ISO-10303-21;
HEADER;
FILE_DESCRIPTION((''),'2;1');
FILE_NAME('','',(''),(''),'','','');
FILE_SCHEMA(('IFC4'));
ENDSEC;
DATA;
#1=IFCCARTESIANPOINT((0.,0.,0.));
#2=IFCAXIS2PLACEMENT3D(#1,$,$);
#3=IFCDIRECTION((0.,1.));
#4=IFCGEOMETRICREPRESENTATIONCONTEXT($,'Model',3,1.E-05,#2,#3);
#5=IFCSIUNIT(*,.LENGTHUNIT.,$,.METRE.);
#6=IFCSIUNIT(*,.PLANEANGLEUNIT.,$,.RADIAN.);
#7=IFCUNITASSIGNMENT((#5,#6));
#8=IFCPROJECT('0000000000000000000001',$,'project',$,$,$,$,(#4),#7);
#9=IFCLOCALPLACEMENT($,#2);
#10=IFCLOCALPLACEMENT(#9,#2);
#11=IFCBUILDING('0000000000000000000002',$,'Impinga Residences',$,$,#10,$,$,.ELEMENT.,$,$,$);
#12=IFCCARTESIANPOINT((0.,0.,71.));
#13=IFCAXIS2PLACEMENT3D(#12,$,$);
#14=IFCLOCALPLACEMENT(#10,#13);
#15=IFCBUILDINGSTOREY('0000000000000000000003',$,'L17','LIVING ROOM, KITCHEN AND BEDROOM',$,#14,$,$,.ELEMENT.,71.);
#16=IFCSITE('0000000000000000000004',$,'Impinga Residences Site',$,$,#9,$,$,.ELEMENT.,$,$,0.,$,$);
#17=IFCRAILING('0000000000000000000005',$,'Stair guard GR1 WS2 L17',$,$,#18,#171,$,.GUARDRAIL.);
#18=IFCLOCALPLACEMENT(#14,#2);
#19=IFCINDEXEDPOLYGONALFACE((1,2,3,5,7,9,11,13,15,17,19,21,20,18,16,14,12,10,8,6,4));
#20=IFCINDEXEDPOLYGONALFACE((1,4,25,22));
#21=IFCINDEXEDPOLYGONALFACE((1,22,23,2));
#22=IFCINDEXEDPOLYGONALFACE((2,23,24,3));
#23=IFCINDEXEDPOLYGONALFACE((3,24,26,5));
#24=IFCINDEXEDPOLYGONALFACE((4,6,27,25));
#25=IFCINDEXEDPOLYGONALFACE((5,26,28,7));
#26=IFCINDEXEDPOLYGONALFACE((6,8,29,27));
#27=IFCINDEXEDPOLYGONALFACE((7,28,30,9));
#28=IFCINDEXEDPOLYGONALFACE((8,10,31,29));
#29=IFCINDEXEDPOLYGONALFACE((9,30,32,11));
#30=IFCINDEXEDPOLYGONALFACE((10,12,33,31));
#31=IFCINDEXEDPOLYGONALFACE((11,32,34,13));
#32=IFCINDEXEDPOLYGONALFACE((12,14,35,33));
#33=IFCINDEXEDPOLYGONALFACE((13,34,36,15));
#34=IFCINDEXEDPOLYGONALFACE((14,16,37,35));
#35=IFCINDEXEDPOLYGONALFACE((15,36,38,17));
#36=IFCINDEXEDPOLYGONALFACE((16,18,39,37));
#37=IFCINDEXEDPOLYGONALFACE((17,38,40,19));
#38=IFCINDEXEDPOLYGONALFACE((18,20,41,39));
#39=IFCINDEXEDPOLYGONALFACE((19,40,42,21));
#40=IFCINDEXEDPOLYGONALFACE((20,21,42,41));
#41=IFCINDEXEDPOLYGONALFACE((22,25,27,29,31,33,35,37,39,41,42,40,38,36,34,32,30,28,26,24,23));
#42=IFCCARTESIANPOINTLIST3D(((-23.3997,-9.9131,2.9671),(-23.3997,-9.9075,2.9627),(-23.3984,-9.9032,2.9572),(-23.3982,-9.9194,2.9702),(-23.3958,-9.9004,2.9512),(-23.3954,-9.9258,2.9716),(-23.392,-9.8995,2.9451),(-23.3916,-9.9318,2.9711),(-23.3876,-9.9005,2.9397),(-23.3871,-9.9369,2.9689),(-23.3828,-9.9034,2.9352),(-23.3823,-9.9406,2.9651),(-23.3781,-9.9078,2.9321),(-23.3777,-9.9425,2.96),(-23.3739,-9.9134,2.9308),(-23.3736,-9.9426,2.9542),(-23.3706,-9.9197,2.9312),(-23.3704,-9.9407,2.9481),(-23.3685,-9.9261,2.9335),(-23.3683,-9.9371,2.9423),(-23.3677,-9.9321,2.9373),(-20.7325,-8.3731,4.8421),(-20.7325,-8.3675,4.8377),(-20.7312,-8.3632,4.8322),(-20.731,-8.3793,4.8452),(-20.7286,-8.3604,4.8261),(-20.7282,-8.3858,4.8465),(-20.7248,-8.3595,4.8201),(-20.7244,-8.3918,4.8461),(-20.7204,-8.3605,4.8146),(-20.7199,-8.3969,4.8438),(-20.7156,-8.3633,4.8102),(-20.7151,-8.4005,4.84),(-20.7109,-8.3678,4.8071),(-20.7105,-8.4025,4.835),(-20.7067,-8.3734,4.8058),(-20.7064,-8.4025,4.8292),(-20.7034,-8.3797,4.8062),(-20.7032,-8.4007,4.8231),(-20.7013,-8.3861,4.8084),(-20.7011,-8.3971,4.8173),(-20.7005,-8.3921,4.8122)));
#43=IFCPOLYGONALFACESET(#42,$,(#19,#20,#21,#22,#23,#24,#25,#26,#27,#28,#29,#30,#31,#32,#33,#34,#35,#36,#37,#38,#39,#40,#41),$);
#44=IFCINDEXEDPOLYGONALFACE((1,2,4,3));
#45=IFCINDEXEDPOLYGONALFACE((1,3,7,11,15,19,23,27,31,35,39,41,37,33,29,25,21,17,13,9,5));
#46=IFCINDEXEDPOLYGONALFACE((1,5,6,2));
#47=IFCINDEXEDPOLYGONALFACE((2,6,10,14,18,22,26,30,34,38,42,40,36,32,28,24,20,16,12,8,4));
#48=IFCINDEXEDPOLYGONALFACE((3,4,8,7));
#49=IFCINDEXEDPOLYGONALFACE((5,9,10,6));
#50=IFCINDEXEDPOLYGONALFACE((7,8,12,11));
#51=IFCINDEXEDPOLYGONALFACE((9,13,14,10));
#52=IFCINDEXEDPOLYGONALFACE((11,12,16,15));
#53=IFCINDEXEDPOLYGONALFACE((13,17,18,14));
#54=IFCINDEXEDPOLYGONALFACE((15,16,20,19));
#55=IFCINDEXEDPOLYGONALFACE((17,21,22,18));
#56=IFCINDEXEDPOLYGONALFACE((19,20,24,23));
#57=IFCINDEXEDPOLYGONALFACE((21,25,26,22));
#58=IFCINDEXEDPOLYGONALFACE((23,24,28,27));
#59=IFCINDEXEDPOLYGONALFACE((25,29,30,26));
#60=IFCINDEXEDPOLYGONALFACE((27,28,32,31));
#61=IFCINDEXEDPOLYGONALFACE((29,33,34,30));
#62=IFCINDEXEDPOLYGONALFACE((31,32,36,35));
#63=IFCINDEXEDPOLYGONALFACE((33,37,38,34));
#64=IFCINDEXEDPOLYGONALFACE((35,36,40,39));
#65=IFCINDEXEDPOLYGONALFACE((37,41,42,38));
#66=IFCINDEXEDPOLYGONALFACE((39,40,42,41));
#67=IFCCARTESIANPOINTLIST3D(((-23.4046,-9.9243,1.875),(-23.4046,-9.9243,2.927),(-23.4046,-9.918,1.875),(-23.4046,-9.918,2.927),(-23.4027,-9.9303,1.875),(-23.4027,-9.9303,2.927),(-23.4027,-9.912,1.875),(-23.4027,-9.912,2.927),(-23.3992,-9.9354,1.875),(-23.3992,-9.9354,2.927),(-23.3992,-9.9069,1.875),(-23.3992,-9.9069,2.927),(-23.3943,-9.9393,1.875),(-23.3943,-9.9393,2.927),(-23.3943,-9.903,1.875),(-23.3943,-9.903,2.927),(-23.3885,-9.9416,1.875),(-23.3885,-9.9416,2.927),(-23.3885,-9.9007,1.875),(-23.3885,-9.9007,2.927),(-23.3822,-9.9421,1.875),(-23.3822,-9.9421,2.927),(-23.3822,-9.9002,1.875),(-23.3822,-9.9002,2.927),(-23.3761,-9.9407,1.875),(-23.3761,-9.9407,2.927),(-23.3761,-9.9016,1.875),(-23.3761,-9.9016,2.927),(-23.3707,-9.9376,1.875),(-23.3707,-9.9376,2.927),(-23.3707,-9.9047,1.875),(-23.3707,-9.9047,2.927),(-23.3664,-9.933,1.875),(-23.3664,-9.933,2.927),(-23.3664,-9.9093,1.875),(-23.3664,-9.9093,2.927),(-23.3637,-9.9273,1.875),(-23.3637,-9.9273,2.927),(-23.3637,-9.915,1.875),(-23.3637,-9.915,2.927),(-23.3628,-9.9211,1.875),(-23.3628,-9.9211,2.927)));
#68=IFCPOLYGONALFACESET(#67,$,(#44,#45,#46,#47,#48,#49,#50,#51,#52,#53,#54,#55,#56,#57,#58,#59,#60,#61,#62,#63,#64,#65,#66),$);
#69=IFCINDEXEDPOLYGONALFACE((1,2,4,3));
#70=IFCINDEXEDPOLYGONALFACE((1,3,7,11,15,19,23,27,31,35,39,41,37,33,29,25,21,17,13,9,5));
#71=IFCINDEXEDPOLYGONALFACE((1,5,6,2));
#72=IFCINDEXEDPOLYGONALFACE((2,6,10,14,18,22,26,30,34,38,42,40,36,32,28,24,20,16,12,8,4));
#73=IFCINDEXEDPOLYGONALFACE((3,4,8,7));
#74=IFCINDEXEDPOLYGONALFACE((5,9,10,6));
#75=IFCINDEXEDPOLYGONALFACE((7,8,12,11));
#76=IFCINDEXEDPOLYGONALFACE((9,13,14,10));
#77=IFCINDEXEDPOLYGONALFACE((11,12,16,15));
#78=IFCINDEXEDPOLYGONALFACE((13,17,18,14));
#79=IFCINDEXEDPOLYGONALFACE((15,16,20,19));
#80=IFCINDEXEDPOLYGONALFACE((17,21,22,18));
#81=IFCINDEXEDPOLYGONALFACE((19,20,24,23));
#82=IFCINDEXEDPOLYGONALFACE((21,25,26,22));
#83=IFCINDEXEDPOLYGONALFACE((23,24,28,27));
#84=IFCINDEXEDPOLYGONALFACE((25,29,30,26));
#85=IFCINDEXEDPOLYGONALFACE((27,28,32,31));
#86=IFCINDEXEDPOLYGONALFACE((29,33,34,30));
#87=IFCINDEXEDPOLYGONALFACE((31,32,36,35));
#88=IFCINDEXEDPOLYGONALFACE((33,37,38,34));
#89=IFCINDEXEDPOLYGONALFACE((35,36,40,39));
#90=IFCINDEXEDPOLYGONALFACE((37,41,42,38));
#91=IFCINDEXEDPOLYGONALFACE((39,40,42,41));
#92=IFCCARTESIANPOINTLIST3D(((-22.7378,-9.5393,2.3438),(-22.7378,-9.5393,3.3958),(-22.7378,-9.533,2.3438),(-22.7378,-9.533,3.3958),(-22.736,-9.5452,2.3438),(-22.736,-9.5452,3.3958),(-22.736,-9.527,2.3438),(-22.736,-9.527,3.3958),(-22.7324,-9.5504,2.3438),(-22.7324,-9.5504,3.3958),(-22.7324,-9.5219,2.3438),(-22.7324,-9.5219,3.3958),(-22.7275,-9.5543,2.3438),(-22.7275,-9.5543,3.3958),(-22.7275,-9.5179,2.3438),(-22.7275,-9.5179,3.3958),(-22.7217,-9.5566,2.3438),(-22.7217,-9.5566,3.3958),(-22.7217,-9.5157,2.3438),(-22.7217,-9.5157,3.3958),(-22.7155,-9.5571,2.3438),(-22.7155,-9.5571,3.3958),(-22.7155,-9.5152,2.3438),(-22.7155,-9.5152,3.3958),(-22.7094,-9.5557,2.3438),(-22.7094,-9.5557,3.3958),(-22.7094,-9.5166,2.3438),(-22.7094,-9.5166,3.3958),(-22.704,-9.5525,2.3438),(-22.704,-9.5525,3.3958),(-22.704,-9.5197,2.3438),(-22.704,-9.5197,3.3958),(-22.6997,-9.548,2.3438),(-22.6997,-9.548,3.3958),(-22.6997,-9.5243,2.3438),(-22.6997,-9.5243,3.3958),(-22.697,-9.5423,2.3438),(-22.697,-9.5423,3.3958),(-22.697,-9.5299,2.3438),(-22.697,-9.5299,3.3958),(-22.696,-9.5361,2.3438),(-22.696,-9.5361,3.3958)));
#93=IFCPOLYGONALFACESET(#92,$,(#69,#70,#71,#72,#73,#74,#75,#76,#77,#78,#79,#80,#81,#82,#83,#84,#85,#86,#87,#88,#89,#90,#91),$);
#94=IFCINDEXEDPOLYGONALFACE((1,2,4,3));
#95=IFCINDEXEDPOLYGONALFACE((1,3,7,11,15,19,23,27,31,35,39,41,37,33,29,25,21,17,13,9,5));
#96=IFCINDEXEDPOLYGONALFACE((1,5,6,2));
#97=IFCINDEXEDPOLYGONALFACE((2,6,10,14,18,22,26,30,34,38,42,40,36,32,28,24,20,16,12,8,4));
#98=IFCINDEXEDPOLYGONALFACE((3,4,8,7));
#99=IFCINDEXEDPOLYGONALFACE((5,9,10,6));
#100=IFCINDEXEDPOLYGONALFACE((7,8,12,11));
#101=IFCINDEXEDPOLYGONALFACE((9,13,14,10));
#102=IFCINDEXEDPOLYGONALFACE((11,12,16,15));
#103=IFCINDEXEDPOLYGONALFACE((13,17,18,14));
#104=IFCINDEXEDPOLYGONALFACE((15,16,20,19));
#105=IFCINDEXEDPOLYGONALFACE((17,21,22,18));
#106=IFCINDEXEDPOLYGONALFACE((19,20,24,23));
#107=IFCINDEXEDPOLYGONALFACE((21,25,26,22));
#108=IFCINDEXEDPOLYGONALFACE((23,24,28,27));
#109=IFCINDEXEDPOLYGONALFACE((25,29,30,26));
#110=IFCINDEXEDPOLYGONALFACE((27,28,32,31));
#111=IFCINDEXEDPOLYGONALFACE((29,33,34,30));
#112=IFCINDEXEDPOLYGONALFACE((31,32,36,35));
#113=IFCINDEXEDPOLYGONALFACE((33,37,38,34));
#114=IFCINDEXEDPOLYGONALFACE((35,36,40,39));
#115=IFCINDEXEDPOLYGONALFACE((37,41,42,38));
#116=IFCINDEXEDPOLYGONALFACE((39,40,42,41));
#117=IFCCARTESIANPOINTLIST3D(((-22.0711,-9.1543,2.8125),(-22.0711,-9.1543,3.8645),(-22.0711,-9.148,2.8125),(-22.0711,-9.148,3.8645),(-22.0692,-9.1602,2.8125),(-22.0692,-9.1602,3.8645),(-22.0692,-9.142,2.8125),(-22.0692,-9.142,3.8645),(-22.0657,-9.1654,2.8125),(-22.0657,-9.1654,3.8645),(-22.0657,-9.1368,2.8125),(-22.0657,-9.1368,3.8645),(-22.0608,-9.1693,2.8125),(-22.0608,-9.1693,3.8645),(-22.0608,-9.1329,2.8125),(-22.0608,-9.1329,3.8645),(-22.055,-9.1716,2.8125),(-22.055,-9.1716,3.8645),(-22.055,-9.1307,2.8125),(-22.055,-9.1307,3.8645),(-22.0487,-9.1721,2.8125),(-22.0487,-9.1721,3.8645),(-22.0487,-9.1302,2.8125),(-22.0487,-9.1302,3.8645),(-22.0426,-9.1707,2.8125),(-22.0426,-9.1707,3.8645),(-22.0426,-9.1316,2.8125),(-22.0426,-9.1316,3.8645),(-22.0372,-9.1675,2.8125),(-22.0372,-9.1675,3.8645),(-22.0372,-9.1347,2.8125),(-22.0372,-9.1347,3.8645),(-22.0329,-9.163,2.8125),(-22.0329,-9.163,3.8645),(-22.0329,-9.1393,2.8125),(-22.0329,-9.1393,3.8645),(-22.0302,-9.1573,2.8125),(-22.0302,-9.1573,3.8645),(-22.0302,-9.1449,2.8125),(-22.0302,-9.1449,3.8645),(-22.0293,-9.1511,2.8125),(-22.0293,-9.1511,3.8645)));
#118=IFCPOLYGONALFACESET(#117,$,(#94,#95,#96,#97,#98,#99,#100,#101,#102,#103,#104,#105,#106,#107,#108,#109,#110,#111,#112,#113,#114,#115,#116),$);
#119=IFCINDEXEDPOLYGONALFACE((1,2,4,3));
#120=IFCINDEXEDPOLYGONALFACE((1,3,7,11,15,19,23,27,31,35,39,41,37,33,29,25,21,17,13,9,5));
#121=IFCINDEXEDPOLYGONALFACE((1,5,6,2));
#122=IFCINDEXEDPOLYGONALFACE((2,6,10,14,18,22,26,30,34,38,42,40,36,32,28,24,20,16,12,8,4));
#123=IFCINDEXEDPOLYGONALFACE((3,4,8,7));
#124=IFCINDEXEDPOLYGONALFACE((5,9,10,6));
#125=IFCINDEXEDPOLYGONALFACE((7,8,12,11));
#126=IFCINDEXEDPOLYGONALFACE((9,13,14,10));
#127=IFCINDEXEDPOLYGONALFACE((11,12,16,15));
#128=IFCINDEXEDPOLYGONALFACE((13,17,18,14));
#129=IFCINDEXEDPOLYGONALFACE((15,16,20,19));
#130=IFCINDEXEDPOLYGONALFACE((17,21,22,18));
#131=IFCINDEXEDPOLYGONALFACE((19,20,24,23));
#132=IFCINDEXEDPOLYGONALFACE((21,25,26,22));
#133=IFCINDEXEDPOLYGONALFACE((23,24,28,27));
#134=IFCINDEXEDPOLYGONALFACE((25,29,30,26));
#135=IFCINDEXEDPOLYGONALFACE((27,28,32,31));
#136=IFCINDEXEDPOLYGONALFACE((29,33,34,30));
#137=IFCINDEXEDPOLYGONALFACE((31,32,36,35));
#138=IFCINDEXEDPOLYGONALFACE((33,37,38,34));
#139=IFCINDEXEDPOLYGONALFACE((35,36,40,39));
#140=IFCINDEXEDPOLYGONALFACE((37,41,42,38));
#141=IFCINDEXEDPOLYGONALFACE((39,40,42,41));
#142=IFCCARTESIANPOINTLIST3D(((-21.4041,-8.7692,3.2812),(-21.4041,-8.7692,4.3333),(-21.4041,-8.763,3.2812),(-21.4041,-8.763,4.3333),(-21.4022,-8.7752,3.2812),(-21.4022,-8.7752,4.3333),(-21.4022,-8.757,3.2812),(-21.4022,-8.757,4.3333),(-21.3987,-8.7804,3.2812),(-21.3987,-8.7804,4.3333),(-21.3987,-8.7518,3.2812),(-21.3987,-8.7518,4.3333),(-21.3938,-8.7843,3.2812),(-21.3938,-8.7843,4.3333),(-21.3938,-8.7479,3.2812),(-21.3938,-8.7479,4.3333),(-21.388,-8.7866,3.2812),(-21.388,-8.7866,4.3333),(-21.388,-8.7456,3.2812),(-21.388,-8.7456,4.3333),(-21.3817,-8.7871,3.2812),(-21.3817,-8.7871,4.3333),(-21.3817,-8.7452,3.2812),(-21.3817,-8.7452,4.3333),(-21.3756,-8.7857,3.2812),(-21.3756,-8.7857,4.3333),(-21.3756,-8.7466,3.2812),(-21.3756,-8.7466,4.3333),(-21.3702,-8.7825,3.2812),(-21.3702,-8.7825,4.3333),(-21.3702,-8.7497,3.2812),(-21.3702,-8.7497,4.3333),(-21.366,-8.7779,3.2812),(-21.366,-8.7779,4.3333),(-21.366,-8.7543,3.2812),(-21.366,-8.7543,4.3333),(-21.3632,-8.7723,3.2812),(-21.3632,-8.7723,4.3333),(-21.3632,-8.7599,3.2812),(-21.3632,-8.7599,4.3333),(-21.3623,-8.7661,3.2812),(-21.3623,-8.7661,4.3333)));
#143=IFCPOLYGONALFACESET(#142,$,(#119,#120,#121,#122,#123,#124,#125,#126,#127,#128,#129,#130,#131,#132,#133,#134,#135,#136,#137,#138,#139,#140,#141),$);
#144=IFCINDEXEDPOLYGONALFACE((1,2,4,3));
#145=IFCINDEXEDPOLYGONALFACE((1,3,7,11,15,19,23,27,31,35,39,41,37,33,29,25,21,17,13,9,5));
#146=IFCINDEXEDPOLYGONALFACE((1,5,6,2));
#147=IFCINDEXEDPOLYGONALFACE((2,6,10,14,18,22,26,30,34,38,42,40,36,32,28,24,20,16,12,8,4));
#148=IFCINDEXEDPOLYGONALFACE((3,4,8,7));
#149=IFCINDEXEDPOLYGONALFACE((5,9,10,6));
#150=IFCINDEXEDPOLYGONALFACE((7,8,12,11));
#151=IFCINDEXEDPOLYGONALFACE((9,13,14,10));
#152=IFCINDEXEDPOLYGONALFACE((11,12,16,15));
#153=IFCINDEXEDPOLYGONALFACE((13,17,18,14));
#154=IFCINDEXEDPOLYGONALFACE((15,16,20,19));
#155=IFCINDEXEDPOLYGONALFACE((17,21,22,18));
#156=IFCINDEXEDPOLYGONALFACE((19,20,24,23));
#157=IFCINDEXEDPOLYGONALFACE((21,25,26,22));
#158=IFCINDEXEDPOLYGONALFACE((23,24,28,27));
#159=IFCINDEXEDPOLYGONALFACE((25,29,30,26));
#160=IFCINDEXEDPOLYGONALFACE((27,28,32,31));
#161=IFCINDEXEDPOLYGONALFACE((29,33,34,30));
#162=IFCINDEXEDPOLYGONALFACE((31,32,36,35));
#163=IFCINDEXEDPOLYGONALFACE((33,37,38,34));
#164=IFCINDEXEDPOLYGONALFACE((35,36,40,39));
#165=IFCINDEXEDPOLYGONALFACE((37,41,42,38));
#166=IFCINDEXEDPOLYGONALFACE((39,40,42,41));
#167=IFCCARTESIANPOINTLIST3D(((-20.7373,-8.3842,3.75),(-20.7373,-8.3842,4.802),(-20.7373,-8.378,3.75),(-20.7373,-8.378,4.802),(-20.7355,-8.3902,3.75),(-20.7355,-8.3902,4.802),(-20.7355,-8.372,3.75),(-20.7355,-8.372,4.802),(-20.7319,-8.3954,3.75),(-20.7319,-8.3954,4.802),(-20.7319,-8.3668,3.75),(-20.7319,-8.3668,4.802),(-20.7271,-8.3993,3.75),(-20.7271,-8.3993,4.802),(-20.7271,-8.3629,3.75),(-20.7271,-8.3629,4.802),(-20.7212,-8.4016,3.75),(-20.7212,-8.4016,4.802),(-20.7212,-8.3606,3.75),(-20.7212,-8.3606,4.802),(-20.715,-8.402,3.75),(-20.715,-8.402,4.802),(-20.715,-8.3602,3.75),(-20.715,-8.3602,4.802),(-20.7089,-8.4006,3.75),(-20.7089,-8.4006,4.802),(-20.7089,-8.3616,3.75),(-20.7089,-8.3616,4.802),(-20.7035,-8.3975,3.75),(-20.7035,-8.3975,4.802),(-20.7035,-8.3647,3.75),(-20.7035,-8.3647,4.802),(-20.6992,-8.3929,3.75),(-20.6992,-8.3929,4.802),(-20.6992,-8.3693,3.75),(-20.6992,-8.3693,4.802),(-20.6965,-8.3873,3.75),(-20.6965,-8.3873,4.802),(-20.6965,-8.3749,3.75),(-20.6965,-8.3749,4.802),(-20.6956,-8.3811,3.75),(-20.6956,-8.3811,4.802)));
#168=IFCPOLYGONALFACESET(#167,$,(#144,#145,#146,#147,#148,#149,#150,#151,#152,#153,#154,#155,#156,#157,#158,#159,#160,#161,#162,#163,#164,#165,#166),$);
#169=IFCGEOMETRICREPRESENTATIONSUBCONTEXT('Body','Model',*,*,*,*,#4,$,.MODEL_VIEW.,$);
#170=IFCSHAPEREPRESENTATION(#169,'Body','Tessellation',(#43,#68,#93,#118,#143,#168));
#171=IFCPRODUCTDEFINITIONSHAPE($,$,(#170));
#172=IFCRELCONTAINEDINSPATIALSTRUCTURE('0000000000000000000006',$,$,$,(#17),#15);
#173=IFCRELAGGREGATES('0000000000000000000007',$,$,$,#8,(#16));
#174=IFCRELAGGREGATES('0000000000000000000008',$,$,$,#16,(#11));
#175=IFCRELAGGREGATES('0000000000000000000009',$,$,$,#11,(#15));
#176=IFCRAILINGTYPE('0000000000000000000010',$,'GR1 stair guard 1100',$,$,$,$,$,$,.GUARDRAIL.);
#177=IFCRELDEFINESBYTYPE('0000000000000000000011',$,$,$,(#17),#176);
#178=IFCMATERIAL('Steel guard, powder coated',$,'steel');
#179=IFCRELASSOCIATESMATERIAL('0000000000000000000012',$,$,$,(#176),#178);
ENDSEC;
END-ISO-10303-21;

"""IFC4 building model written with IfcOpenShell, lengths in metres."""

from ifc_helpers import new_model, si_unit, direction, frame, origin, origin_2d, place, context, subcontext, project, spatial, circle, extrude, material, type_object, element, save


model = new_model("IFC4")

# Units and contexts
model_context = context("Model", 3, precision=1e-05, world=origin(), true_north=direction((0.0, 1.0)))
body_context = subcontext(model_context, "Body", "Model", "MODEL_VIEW")
ifc_project = project(units=[si_unit("LENGTHUNIT", "METRE"), si_unit("PLANEANGLEUNIT", "RADIAN")], contexts=[model_context])

# Site, building, storey
site_placement = place(None, origin())
site = spatial("IfcSite", under=ifc_project, at=site_placement, Name="Impinga Residences Site", CompositionType="ELEMENT", RefElevation=0.0)
building_placement = place(site_placement, origin())
building = spatial("IfcBuilding", under=site, at=building_placement, Name="Impinga Residences", CompositionType="ELEMENT")
storey_placement = place(building_placement, frame((0.0, 0.0, 71.0)))
storey = spatial("IfcBuildingStorey", under=building, at=storey_placement, Name="L17", Description="LIVING ROOM, KITCHEN AND BEDROOM", CompositionType="ELEMENT", Elevation=71.0)

# Railing
ifc_material_1 = material(Name="Steel guard, powder coated", Category="steel")
railing_type_1 = type_object("IfcRailingType", Name="GR1 stair guard 1100", PredefinedType="GUARDRAIL", material=ifc_material_1)
railing_1_placement = place(storey_placement, frame((-23.3838, -9.9211, 1.875)))
element("IfcRailing", 1, at=railing_1_placement, inside=storey, type_object=railing_type_1, Name="Stair guard GR1 WS2 L17", PredefinedType="GUARDRAIL", context=body_context, shape_type="SweptSolid", body=[
    extrude(circle(Radius=0.0239, at=origin_2d()), frame((0.0, 0.0, 1.0762), z_axis=(0.739716, 0.427105, 0.520002), x_axis=(-0.500027, 0.86601, 0.0)), (0.0, 0.0, 1.0), 3.6057),
    extrude(circle(Radius=0.021, at=origin_2d()), origin(), (0.0, 0.0, 1.0), 1.052),
    extrude(circle(Radius=0.021, at=origin_2d()), frame((0.6667, 0.385, 0.4688)), (0.0, 0.0, 1.0), 1.052),
    extrude(circle(Radius=0.021, at=origin_2d()), frame((1.3335, 0.77, 0.9375)), (0.0, 0.0, 1.0), 1.052),
    extrude(circle(Radius=0.021, at=origin_2d()), frame((2.0005, 1.155, 1.4062)), (0.0, 0.0, 1.0), 1.052),
    extrude(circle(Radius=0.021, at=origin_2d()), frame((2.6672, 1.54, 1.875)), (0.0, 0.0, 1.0), 1.052),
])

save(model, "model.ifc")
